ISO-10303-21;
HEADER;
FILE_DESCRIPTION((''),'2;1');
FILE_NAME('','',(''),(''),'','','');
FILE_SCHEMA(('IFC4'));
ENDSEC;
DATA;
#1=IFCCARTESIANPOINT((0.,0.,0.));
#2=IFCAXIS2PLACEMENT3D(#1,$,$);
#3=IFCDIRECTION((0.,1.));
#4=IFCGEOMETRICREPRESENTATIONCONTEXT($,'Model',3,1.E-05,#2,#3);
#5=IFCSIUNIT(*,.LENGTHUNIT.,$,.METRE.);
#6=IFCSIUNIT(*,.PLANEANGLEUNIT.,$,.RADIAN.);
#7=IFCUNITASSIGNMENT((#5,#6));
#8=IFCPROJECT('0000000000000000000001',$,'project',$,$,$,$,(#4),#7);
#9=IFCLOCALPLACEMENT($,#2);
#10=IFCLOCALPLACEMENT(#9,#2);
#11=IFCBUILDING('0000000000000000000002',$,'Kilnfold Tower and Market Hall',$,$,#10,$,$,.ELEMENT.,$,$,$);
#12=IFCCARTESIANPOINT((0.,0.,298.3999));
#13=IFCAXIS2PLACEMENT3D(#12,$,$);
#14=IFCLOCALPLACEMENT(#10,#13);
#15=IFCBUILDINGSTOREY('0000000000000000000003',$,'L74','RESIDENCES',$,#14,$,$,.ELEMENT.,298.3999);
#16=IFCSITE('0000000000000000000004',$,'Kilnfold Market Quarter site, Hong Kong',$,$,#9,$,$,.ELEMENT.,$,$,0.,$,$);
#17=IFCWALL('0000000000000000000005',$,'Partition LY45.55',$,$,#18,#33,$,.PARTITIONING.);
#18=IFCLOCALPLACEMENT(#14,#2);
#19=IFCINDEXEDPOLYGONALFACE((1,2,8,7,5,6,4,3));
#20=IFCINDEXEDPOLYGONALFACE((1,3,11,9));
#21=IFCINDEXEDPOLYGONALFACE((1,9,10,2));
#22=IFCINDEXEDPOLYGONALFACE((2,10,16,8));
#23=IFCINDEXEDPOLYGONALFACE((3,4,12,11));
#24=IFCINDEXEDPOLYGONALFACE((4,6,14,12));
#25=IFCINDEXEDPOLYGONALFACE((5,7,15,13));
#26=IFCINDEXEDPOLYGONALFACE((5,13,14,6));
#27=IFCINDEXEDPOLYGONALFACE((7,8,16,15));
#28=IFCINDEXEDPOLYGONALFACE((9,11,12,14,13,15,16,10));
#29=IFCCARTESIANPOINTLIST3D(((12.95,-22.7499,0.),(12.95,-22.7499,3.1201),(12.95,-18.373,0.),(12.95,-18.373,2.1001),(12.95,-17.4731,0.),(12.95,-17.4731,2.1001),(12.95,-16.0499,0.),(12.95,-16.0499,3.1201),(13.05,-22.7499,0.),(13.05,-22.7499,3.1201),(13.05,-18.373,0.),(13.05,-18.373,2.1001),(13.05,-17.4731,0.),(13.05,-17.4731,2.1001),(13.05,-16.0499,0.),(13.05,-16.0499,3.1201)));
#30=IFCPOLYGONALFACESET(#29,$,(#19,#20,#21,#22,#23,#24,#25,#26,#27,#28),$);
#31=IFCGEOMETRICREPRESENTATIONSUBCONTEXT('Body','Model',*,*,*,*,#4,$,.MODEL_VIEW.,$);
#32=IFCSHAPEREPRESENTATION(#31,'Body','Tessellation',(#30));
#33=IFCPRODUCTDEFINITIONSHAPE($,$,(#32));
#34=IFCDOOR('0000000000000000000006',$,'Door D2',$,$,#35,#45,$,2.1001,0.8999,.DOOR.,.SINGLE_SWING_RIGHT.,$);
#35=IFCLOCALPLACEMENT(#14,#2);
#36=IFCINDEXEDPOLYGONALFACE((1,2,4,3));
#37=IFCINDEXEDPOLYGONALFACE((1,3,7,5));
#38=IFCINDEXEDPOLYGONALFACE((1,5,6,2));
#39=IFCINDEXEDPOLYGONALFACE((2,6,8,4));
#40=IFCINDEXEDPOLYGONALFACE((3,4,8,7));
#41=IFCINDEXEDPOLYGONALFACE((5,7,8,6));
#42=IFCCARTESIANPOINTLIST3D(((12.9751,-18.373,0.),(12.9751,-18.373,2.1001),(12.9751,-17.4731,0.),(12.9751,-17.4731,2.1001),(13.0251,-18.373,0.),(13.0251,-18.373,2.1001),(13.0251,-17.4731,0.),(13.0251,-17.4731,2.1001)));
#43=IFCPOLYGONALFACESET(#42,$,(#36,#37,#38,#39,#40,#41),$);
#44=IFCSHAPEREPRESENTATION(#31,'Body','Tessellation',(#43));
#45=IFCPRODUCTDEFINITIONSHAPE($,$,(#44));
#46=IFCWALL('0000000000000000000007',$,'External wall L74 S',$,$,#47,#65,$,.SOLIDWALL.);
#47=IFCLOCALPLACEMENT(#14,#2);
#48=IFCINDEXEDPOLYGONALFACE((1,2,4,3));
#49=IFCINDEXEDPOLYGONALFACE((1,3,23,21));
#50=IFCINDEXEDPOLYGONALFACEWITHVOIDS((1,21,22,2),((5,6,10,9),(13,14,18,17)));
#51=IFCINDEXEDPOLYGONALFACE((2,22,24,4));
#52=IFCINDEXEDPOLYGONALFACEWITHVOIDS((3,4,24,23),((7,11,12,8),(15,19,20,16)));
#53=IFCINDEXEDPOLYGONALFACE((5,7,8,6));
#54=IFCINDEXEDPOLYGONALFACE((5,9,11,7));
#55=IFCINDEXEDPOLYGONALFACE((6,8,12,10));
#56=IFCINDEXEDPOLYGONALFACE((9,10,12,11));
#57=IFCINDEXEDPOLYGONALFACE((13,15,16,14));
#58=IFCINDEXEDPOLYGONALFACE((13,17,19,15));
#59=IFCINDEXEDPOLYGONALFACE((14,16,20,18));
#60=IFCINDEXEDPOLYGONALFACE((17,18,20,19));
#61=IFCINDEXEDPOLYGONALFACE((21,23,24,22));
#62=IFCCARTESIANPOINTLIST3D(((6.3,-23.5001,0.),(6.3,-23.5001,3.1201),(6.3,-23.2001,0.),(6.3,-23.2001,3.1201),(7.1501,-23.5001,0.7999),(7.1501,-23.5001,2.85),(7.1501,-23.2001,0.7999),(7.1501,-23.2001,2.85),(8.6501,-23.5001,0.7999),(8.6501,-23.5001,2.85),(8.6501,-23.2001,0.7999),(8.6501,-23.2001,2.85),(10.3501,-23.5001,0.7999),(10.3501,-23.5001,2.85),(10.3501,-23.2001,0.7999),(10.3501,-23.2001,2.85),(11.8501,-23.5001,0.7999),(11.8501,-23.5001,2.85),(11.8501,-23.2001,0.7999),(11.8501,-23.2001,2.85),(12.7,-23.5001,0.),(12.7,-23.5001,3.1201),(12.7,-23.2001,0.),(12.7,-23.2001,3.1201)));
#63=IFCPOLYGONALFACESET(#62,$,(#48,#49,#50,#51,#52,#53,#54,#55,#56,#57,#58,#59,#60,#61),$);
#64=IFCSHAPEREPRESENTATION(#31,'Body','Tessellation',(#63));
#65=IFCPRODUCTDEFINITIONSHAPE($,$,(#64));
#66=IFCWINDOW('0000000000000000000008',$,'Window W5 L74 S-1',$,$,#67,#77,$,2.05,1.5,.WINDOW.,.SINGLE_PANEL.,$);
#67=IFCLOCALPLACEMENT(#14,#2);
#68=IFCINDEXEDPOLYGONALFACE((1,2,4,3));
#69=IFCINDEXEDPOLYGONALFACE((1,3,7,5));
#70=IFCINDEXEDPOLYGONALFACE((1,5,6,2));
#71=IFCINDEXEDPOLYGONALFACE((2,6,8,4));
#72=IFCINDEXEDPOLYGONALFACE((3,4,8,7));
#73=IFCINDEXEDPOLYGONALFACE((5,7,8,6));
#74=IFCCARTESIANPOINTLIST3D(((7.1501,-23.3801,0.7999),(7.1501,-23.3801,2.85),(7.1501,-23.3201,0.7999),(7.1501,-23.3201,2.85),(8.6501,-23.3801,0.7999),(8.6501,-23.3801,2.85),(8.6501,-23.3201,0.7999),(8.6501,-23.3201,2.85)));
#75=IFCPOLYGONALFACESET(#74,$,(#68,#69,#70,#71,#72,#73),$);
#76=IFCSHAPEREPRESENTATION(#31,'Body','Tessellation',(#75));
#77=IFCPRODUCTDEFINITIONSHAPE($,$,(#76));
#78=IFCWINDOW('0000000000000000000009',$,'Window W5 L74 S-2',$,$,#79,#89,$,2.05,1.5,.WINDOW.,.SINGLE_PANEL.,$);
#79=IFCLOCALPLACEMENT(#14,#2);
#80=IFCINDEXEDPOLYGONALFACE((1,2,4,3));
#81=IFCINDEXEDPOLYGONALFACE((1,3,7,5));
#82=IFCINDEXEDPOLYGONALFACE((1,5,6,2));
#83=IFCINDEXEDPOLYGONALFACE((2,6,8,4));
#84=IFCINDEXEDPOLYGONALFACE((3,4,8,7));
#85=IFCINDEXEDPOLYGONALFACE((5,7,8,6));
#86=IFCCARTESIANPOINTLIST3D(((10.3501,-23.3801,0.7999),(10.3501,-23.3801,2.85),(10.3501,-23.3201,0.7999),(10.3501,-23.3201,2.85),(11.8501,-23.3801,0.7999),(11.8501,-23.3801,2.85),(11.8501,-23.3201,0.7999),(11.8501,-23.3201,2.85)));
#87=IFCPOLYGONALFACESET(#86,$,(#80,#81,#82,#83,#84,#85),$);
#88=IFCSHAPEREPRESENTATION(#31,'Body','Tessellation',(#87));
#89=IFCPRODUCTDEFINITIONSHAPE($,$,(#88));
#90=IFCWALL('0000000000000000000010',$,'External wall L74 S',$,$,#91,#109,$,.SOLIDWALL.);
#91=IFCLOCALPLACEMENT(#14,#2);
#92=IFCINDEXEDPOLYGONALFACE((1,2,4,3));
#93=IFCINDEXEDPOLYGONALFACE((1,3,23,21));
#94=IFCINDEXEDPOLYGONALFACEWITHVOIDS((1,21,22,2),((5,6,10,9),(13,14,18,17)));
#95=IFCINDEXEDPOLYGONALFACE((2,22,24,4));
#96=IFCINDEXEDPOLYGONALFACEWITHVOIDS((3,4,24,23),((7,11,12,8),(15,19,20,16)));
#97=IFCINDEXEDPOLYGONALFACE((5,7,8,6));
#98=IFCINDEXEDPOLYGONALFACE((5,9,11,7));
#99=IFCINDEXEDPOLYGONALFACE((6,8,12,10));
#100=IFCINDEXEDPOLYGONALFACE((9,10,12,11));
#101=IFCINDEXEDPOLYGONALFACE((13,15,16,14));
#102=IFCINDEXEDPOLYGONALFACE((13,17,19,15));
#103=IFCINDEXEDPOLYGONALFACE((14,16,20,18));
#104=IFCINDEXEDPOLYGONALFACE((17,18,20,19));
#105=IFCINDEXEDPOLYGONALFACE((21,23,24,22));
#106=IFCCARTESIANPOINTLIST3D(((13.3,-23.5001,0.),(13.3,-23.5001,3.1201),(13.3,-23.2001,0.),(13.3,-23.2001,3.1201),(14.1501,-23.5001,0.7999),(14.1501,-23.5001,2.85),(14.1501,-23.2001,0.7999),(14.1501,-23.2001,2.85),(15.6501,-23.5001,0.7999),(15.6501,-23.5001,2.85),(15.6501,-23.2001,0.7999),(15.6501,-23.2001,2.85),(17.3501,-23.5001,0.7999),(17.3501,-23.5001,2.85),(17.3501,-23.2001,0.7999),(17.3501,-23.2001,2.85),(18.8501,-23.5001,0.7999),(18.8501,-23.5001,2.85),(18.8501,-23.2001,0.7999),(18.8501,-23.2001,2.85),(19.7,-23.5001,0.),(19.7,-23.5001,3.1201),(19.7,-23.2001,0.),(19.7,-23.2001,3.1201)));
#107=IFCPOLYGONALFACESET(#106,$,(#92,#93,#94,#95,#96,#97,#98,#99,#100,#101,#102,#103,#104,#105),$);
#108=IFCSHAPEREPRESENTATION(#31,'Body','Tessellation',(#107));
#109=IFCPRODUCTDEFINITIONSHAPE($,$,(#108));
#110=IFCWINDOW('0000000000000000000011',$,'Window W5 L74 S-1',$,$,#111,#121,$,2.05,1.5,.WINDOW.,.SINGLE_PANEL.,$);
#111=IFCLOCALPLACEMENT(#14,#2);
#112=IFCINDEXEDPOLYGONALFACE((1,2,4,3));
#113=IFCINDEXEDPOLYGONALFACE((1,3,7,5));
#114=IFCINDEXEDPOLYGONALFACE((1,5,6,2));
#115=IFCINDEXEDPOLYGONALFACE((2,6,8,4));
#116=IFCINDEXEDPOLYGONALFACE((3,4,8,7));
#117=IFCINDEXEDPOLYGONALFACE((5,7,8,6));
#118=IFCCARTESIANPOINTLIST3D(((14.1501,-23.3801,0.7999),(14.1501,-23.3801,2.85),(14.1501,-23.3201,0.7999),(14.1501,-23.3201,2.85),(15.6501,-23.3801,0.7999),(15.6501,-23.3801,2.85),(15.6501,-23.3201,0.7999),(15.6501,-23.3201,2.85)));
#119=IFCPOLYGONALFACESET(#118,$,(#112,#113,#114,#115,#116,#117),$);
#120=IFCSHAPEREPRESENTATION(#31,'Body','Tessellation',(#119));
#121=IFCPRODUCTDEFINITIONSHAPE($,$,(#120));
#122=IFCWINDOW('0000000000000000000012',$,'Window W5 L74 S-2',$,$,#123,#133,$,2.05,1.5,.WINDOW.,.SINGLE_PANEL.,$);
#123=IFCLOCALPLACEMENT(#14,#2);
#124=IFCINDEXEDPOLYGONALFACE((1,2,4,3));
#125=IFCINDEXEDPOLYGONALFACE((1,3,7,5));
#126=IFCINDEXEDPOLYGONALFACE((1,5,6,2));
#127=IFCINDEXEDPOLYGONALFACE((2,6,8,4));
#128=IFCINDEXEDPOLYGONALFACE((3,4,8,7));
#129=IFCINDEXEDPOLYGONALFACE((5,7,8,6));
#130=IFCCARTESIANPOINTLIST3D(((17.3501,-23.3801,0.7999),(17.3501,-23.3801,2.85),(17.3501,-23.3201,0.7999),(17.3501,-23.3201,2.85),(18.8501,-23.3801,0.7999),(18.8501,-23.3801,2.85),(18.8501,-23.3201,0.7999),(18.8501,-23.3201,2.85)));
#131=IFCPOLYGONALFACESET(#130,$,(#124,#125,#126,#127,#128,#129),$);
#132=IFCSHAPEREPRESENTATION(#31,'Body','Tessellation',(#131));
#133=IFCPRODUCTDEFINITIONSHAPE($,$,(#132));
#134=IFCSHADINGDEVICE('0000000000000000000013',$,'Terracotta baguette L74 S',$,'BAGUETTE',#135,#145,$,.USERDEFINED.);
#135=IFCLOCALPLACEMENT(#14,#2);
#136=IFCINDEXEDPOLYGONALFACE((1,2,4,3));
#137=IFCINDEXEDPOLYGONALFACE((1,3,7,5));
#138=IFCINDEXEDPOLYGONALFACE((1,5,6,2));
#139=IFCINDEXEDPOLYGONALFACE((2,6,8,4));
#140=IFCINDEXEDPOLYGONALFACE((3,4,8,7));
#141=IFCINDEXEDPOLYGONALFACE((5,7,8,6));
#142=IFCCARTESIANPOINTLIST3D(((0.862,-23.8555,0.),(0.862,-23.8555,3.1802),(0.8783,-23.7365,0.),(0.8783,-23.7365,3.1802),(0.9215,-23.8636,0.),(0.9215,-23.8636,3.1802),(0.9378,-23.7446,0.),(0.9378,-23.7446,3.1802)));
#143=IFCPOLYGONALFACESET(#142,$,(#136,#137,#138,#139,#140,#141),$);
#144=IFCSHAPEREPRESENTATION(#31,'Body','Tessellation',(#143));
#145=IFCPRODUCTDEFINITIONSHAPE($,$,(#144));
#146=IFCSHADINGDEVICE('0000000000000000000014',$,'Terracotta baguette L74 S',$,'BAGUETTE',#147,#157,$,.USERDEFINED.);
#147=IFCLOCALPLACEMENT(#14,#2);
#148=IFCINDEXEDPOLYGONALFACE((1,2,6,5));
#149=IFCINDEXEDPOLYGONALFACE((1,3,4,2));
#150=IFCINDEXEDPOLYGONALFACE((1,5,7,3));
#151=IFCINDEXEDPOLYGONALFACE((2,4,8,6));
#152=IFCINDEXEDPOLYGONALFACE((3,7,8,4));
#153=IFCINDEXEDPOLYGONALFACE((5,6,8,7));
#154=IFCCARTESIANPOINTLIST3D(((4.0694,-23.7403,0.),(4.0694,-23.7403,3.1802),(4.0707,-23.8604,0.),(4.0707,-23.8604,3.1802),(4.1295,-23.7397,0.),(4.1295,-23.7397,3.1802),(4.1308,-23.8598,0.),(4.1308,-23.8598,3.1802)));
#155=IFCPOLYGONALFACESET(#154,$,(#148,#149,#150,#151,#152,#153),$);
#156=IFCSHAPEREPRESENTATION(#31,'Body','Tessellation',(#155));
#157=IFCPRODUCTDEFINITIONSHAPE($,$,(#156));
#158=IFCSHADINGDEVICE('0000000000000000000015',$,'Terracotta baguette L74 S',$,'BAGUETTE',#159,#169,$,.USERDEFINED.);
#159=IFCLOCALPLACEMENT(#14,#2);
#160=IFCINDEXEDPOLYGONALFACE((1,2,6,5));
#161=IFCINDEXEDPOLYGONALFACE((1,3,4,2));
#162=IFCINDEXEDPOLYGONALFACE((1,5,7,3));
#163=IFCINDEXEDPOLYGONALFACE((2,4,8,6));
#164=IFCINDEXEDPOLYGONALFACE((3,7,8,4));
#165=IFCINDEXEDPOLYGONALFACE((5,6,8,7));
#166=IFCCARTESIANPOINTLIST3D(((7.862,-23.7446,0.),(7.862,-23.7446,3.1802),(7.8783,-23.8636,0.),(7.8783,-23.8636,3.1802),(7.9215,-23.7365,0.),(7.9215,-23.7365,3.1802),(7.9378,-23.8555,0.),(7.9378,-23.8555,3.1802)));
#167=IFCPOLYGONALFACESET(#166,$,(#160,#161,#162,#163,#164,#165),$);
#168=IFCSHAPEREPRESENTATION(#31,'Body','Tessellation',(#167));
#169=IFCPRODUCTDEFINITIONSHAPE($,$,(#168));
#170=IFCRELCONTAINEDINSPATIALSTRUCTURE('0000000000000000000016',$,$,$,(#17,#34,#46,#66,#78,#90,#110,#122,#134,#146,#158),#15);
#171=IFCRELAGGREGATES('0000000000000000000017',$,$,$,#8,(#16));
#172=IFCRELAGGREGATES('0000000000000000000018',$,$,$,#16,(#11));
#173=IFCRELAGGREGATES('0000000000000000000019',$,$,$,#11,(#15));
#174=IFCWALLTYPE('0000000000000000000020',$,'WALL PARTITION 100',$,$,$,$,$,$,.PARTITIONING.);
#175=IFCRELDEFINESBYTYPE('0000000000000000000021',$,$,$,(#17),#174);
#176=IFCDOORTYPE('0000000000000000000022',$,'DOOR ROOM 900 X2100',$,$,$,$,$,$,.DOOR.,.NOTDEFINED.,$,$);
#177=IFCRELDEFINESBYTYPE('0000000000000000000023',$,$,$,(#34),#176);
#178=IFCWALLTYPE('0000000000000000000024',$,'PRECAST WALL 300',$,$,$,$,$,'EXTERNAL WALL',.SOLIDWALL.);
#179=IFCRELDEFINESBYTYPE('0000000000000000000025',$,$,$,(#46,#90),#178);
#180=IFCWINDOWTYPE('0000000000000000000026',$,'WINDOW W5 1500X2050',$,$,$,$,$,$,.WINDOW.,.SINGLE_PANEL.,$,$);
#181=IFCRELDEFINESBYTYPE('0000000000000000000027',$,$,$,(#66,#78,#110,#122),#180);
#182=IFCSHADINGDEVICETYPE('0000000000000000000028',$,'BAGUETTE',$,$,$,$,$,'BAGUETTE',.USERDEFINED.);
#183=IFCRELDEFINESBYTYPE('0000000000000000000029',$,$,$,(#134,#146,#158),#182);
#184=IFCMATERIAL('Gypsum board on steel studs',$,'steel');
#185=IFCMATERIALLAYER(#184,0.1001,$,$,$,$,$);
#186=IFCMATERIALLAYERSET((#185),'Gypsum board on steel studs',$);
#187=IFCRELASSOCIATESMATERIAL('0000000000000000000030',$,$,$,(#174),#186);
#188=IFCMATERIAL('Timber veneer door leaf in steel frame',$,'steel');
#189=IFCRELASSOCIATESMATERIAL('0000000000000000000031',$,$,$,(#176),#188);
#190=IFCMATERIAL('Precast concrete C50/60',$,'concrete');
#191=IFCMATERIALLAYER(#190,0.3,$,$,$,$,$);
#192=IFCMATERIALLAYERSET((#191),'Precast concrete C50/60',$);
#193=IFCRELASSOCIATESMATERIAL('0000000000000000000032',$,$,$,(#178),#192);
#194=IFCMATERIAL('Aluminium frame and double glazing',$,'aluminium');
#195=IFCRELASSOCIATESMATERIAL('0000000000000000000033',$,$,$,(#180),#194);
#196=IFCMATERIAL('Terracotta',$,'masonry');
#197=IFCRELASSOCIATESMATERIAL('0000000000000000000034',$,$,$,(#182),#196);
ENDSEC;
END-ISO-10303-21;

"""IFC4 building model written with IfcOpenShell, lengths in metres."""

from ifc_helpers import new_model, si_unit, direction, frame, frame_2d, origin, origin_2d, place, context, subcontext, project, spatial, rectangle, extrude, source, transform, mapped, material, layer, layer_set, material_profile, profile_set, type_object, element, fill, save


model = new_model("IFC4")

# Units and contexts
model_context = context("Model", 3, precision=1e-05, world=origin(), true_north=direction((0.0, 1.0)))
body_context = subcontext(model_context, "Body", "Model", "MODEL_VIEW")
ifc_project = project(units=[si_unit("LENGTHUNIT", "METRE"), si_unit("PLANEANGLEUNIT", "RADIAN")], contexts=[model_context])

# Site, building, storey
site_placement = place(None, origin())
site = spatial("IfcSite", under=ifc_project, at=site_placement, Name="Kilnfold Market Quarter site, Hong Kong", CompositionType="ELEMENT", RefElevation=0.0)
building_placement = place(site_placement, origin())
building = spatial("IfcBuilding", under=site, at=building_placement, Name="Kilnfold Tower and Market Hall", CompositionType="ELEMENT")
storey_placement = place(building_placement, frame((0.0, 0.0, 298.3999)))
storey = spatial("IfcBuildingStorey", under=building, at=storey_placement, Name="L74", Description="RESIDENCES", CompositionType="ELEMENT", Elevation=298.3999)

# Shared definitions
ifc_material_1 = material(Name="Gypsum board on steel studs", Category="steel")
ifc_layer_1 = layer(ifc_material_1, 0.1001)
ifc_layer_set_1 = layer_set([ifc_layer_1], Name="Gypsum board on steel studs")
wall_type_1 = type_object("IfcWallType", Name="WALL PARTITION 100", PredefinedType="PARTITIONING", material=ifc_layer_set_1)

# Wall, opening, door
wall_1_placement = place(storey_placement, frame((13.0, -22.75, 0.0), z_axis=(0.0, 0.0, 1.0), x_axis=(0.0, 1.0, 0.0)))
wall_1 = element("IfcWall", 1, at=wall_1_placement, inside=storey, type_object=wall_type_1, Name="Partition LY45.55", PredefinedType="PARTITIONING", context=body_context, shape_type="SweptSolid", body=[
    extrude(rectangle(XDim=6.7, YDim=0.1001, at=frame_2d((3.3501, 0.0))), origin(), (0.0, 0.0, 1.0), 3.1201),
])
opening_1_placement = place(wall_1_placement, frame((4.377, 0.0, 0.0)))
opening_1 = element("IfcOpeningElement", 2, at=opening_1_placement, cuts=wall_1, PredefinedType="OPENING", context=body_context, shape_type="SweptSolid", body=[
    extrude(rectangle(XDim=0.8999, YDim=2.1001, at=frame_2d((0.45, 1.05))), frame((0.0, 0.0601, 0.0), z_axis=(0.0, -1.0, 0.0), x_axis=(1.0, 0.0, 0.0)), (0.0, 0.0, 1.0), 0.1201),
])
ifc_material_2 = material(Name="Timber veneer door leaf in steel frame", Category="steel")
door_type_1 = type_object("IfcDoorType", Name="DOOR ROOM 900 X2100", OperationType="NOTDEFINED", PredefinedType="DOOR", material=ifc_material_2)
door_1_placement = place(opening_1_placement, origin())
door_1 = element("IfcDoor", 3, at=door_1_placement, inside=storey, type_object=door_type_1, Name="Door D2", OperationType="SINGLE_SWING_RIGHT", OverallHeight=2.1001, OverallWidth=0.8999, PredefinedType="DOOR", context=body_context, shape_type="SweptSolid", body=[
    extrude(rectangle(XDim=0.8999, YDim=2.1001, at=frame_2d((0.45, 1.05))), frame((0.0, 0.0249, 0.0), z_axis=(0.0, -1.0, 0.0), x_axis=(1.0, 0.0, 0.0)), (0.0, 0.0, 1.0), 0.05),
])
fill(opening_1, door_1)

# Walls, openings, windows
ifc_material_3 = material(Name="Precast concrete C50/60", Category="concrete")
ifc_layer_2 = layer(ifc_material_3, 0.3)
ifc_layer_set_2 = layer_set([ifc_layer_2], Name="Precast concrete C50/60")
wall_type_2 = type_object("IfcWallType", Name="PRECAST WALL 300", ElementType="EXTERNAL WALL", PredefinedType="SOLIDWALL", material=ifc_layer_set_2)
shared_shape_1 = source(origin(), body_context, "Body", "SweptSolid", [
    extrude(rectangle(XDim=6.3999, YDim=0.3, at=frame_2d((3.2, 0.0))), origin(), (0.0, 0.0, 1.0), 3.1201),
])
wall_2_placement = place(storey_placement, frame((6.3, -23.3501, 0.0), z_axis=(0.0, 0.0, 1.0), x_axis=(1.0, 0.0, 0.0)))
wall_2 = element("IfcWall", 4, at=wall_2_placement, inside=storey, type_object=wall_type_2, Name="External wall L74 S", PredefinedType="SOLIDWALL", context=body_context, shape_type="MappedRepresentation", body=[
    mapped(shared_shape_1, transform((0.0, 0.0, 0.0))),
])
opening_2_placement = place(wall_2_placement, frame((0.8501, 0.0, 0.8)))
opening_2 = element("IfcOpeningElement", 5, at=opening_2_placement, cuts=wall_2, PredefinedType="OPENING", context=body_context, shape_type="SweptSolid", body=[
    extrude(rectangle(XDim=1.5, YDim=2.05, at=frame_2d((0.75, 1.0249))), frame((0.0, 0.1602, 0.0), z_axis=(0.0, -1.0, 0.0), x_axis=(1.0, 0.0, 0.0)), (0.0, 0.0, 1.0), 0.3201),
])
opening_3_placement = place(wall_2_placement, frame((4.05, 0.0, 0.8)))
opening_3 = element("IfcOpeningElement", 6, at=opening_3_placement, cuts=wall_2, PredefinedType="OPENING", context=body_context, shape_type="SweptSolid", body=[
    extrude(rectangle(XDim=1.5, YDim=2.05, at=frame_2d((0.75, 1.0249))), frame((0.0, 0.1602, 0.0), z_axis=(0.0, -1.0, 0.0), x_axis=(1.0, 0.0, 0.0)), (0.0, 0.0, 1.0), 0.3201),
])
ifc_material_4 = material(Name="Aluminium frame and double glazing", Category="aluminium")
window_type = type_object("IfcWindowType", Name="WINDOW W5 1500X2050", PartitioningType="SINGLE_PANEL", PredefinedType="WINDOW", material=ifc_material_4)
window_1_placement = place(opening_2_placement, origin())
window_1 = element("IfcWindow", 7, at=window_1_placement, inside=storey, type_object=window_type, Name="Window W5 L74 S-1", OverallHeight=2.05, OverallWidth=1.5, PartitioningType="SINGLE_PANEL", PredefinedType="WINDOW", context=body_context, shape_type="SweptSolid", body=[
    extrude(rectangle(XDim=1.5, YDim=2.05, at=frame_2d((0.75, 1.0249))), frame((0.0, 0.03, 0.0), z_axis=(0.0, -1.0, 0.0), x_axis=(1.0, 0.0, 0.0)), (0.0, 0.0, 1.0), 0.0601),
])
fill(opening_2, window_1)
window_2_placement = place(opening_3_placement, origin())
window_2 = element("IfcWindow", 8, at=window_2_placement, inside=storey, type_object=window_type, Name="Window W5 L74 S-2", OverallHeight=2.05, OverallWidth=1.5, PartitioningType="SINGLE_PANEL", PredefinedType="WINDOW", context=body_context, shape_type="SweptSolid", body=[
    extrude(rectangle(XDim=1.5, YDim=2.05, at=frame_2d((0.75, 1.0249))), frame((0.0, 0.03, 0.0), z_axis=(0.0, -1.0, 0.0), x_axis=(1.0, 0.0, 0.0)), (0.0, 0.0, 1.0), 0.0601),
])
fill(opening_3, window_2)
wall_3_placement = place(storey_placement, frame((13.3, -23.3501, 0.0), z_axis=(0.0, 0.0, 1.0), x_axis=(1.0, 0.0, 0.0)))
wall_3 = element("IfcWall", 9, at=wall_3_placement, inside=storey, type_object=wall_type_2, Name="External wall L74 S", PredefinedType="SOLIDWALL", context=body_context, shape_type="MappedRepresentation", body=[
    mapped(shared_shape_1, transform((0.0, 0.0, 0.0))),
])
opening_4_placement = place(wall_3_placement, frame((0.8501, 0.0, 0.8)))
opening_4 = element("IfcOpeningElement", 10, at=opening_4_placement, cuts=wall_3, PredefinedType="OPENING", context=body_context, shape_type="SweptSolid", body=[
    extrude(rectangle(XDim=1.5, YDim=2.05, at=frame_2d((0.75, 1.0249))), frame((0.0, 0.1602, 0.0), z_axis=(0.0, -1.0, 0.0), x_axis=(1.0, 0.0, 0.0)), (0.0, 0.0, 1.0), 0.3201),
])
opening_5_placement = place(wall_3_placement, frame((4.05, 0.0, 0.8)))
opening_5 = element("IfcOpeningElement", 11, at=opening_5_placement, cuts=wall_3, PredefinedType="OPENING", context=body_context, shape_type="SweptSolid", body=[
    extrude(rectangle(XDim=1.5, YDim=2.05, at=frame_2d((0.75, 1.0249))), frame((0.0, 0.1602, 0.0), z_axis=(0.0, -1.0, 0.0), x_axis=(1.0, 0.0, 0.0)), (0.0, 0.0, 1.0), 0.3201),
])
window_3_placement = place(opening_4_placement, origin())
window_3 = element("IfcWindow", 12, at=window_3_placement, inside=storey, type_object=window_type, Name="Window W5 L74 S-1", OverallHeight=2.05, OverallWidth=1.5, PartitioningType="SINGLE_PANEL", PredefinedType="WINDOW", context=body_context, shape_type="SweptSolid", body=[
    extrude(rectangle(XDim=1.5, YDim=2.05, at=frame_2d((0.75, 1.0249))), frame((0.0, 0.03, 0.0), z_axis=(0.0, -1.0, 0.0), x_axis=(1.0, 0.0, 0.0)), (0.0, 0.0, 1.0), 0.0601),
])
fill(opening_4, window_3)
window_4_placement = place(opening_5_placement, origin())
window_4 = element("IfcWindow", 13, at=window_4_placement, inside=storey, type_object=window_type, Name="Window W5 L74 S-2", OverallHeight=2.05, OverallWidth=1.5, PartitioningType="SINGLE_PANEL", PredefinedType="WINDOW", context=body_context, shape_type="SweptSolid", body=[
    extrude(rectangle(XDim=1.5, YDim=2.05, at=frame_2d((0.75, 1.0249))), frame((0.0, 0.03, 0.0), z_axis=(0.0, -1.0, 0.0), x_axis=(1.0, 0.0, 0.0)), (0.0, 0.0, 1.0), 0.0601),
])
fill(opening_5, window_4)

# Shading devices
ifc_material_5 = material(Name="Terracotta", Category="masonry")
ifc_material_profile_1 = material_profile(ifc_material_5, rectangle(XDim=0.0601, YDim=0.1201, at=origin_2d()), Name="BAG 60x120")
ifc_profile_set_1 = profile_set([ifc_material_profile_1], Name="Terracotta")
shading_device_type = type_object("IfcShadingDeviceType", Name="BAGUETTE", ElementType="BAGUETTE", PredefinedType="USERDEFINED", material=ifc_profile_set_1)
shared_shape_2 = source(origin(), body_context, "Body", "SweptSolid", [
    extrude(rectangle(XDim=0.0601, YDim=0.1201, at=origin_2d()), origin(), (0.0, 0.0, 1.0), 3.1802),
])
for number, where, z_axis, x_axis, name in (
    (14, (0.8999, -23.8, 0.0), (0.0, 0.0, 1.0), (0.990698, -0.136082, 0.0), "Terracotta baguette L74 S"),
    (15, (4.1001, -23.8, 0.0), (0.0, 0.0, 1.0), (0.999942, 0.010767, 0.0), "Terracotta baguette L74 S"),
    (16, (7.8999, -23.8, 0.0), (0.0, 0.0, 1.0), (0.990698, 0.136082, 0.0), "Terracotta baguette L74 S"),
):
    element("IfcShadingDevice", number, at=place(storey_placement, frame(where, z_axis=z_axis, x_axis=x_axis)), inside=storey, type_object=shading_device_type, Name=name, ObjectType="BAGUETTE", PredefinedType="USERDEFINED", context=body_context, shape_type="MappedRepresentation", body=[
        mapped(shared_shape_2, transform((0.0, 0.0, 0.0))),
    ])

save(model, "model.ifc")
